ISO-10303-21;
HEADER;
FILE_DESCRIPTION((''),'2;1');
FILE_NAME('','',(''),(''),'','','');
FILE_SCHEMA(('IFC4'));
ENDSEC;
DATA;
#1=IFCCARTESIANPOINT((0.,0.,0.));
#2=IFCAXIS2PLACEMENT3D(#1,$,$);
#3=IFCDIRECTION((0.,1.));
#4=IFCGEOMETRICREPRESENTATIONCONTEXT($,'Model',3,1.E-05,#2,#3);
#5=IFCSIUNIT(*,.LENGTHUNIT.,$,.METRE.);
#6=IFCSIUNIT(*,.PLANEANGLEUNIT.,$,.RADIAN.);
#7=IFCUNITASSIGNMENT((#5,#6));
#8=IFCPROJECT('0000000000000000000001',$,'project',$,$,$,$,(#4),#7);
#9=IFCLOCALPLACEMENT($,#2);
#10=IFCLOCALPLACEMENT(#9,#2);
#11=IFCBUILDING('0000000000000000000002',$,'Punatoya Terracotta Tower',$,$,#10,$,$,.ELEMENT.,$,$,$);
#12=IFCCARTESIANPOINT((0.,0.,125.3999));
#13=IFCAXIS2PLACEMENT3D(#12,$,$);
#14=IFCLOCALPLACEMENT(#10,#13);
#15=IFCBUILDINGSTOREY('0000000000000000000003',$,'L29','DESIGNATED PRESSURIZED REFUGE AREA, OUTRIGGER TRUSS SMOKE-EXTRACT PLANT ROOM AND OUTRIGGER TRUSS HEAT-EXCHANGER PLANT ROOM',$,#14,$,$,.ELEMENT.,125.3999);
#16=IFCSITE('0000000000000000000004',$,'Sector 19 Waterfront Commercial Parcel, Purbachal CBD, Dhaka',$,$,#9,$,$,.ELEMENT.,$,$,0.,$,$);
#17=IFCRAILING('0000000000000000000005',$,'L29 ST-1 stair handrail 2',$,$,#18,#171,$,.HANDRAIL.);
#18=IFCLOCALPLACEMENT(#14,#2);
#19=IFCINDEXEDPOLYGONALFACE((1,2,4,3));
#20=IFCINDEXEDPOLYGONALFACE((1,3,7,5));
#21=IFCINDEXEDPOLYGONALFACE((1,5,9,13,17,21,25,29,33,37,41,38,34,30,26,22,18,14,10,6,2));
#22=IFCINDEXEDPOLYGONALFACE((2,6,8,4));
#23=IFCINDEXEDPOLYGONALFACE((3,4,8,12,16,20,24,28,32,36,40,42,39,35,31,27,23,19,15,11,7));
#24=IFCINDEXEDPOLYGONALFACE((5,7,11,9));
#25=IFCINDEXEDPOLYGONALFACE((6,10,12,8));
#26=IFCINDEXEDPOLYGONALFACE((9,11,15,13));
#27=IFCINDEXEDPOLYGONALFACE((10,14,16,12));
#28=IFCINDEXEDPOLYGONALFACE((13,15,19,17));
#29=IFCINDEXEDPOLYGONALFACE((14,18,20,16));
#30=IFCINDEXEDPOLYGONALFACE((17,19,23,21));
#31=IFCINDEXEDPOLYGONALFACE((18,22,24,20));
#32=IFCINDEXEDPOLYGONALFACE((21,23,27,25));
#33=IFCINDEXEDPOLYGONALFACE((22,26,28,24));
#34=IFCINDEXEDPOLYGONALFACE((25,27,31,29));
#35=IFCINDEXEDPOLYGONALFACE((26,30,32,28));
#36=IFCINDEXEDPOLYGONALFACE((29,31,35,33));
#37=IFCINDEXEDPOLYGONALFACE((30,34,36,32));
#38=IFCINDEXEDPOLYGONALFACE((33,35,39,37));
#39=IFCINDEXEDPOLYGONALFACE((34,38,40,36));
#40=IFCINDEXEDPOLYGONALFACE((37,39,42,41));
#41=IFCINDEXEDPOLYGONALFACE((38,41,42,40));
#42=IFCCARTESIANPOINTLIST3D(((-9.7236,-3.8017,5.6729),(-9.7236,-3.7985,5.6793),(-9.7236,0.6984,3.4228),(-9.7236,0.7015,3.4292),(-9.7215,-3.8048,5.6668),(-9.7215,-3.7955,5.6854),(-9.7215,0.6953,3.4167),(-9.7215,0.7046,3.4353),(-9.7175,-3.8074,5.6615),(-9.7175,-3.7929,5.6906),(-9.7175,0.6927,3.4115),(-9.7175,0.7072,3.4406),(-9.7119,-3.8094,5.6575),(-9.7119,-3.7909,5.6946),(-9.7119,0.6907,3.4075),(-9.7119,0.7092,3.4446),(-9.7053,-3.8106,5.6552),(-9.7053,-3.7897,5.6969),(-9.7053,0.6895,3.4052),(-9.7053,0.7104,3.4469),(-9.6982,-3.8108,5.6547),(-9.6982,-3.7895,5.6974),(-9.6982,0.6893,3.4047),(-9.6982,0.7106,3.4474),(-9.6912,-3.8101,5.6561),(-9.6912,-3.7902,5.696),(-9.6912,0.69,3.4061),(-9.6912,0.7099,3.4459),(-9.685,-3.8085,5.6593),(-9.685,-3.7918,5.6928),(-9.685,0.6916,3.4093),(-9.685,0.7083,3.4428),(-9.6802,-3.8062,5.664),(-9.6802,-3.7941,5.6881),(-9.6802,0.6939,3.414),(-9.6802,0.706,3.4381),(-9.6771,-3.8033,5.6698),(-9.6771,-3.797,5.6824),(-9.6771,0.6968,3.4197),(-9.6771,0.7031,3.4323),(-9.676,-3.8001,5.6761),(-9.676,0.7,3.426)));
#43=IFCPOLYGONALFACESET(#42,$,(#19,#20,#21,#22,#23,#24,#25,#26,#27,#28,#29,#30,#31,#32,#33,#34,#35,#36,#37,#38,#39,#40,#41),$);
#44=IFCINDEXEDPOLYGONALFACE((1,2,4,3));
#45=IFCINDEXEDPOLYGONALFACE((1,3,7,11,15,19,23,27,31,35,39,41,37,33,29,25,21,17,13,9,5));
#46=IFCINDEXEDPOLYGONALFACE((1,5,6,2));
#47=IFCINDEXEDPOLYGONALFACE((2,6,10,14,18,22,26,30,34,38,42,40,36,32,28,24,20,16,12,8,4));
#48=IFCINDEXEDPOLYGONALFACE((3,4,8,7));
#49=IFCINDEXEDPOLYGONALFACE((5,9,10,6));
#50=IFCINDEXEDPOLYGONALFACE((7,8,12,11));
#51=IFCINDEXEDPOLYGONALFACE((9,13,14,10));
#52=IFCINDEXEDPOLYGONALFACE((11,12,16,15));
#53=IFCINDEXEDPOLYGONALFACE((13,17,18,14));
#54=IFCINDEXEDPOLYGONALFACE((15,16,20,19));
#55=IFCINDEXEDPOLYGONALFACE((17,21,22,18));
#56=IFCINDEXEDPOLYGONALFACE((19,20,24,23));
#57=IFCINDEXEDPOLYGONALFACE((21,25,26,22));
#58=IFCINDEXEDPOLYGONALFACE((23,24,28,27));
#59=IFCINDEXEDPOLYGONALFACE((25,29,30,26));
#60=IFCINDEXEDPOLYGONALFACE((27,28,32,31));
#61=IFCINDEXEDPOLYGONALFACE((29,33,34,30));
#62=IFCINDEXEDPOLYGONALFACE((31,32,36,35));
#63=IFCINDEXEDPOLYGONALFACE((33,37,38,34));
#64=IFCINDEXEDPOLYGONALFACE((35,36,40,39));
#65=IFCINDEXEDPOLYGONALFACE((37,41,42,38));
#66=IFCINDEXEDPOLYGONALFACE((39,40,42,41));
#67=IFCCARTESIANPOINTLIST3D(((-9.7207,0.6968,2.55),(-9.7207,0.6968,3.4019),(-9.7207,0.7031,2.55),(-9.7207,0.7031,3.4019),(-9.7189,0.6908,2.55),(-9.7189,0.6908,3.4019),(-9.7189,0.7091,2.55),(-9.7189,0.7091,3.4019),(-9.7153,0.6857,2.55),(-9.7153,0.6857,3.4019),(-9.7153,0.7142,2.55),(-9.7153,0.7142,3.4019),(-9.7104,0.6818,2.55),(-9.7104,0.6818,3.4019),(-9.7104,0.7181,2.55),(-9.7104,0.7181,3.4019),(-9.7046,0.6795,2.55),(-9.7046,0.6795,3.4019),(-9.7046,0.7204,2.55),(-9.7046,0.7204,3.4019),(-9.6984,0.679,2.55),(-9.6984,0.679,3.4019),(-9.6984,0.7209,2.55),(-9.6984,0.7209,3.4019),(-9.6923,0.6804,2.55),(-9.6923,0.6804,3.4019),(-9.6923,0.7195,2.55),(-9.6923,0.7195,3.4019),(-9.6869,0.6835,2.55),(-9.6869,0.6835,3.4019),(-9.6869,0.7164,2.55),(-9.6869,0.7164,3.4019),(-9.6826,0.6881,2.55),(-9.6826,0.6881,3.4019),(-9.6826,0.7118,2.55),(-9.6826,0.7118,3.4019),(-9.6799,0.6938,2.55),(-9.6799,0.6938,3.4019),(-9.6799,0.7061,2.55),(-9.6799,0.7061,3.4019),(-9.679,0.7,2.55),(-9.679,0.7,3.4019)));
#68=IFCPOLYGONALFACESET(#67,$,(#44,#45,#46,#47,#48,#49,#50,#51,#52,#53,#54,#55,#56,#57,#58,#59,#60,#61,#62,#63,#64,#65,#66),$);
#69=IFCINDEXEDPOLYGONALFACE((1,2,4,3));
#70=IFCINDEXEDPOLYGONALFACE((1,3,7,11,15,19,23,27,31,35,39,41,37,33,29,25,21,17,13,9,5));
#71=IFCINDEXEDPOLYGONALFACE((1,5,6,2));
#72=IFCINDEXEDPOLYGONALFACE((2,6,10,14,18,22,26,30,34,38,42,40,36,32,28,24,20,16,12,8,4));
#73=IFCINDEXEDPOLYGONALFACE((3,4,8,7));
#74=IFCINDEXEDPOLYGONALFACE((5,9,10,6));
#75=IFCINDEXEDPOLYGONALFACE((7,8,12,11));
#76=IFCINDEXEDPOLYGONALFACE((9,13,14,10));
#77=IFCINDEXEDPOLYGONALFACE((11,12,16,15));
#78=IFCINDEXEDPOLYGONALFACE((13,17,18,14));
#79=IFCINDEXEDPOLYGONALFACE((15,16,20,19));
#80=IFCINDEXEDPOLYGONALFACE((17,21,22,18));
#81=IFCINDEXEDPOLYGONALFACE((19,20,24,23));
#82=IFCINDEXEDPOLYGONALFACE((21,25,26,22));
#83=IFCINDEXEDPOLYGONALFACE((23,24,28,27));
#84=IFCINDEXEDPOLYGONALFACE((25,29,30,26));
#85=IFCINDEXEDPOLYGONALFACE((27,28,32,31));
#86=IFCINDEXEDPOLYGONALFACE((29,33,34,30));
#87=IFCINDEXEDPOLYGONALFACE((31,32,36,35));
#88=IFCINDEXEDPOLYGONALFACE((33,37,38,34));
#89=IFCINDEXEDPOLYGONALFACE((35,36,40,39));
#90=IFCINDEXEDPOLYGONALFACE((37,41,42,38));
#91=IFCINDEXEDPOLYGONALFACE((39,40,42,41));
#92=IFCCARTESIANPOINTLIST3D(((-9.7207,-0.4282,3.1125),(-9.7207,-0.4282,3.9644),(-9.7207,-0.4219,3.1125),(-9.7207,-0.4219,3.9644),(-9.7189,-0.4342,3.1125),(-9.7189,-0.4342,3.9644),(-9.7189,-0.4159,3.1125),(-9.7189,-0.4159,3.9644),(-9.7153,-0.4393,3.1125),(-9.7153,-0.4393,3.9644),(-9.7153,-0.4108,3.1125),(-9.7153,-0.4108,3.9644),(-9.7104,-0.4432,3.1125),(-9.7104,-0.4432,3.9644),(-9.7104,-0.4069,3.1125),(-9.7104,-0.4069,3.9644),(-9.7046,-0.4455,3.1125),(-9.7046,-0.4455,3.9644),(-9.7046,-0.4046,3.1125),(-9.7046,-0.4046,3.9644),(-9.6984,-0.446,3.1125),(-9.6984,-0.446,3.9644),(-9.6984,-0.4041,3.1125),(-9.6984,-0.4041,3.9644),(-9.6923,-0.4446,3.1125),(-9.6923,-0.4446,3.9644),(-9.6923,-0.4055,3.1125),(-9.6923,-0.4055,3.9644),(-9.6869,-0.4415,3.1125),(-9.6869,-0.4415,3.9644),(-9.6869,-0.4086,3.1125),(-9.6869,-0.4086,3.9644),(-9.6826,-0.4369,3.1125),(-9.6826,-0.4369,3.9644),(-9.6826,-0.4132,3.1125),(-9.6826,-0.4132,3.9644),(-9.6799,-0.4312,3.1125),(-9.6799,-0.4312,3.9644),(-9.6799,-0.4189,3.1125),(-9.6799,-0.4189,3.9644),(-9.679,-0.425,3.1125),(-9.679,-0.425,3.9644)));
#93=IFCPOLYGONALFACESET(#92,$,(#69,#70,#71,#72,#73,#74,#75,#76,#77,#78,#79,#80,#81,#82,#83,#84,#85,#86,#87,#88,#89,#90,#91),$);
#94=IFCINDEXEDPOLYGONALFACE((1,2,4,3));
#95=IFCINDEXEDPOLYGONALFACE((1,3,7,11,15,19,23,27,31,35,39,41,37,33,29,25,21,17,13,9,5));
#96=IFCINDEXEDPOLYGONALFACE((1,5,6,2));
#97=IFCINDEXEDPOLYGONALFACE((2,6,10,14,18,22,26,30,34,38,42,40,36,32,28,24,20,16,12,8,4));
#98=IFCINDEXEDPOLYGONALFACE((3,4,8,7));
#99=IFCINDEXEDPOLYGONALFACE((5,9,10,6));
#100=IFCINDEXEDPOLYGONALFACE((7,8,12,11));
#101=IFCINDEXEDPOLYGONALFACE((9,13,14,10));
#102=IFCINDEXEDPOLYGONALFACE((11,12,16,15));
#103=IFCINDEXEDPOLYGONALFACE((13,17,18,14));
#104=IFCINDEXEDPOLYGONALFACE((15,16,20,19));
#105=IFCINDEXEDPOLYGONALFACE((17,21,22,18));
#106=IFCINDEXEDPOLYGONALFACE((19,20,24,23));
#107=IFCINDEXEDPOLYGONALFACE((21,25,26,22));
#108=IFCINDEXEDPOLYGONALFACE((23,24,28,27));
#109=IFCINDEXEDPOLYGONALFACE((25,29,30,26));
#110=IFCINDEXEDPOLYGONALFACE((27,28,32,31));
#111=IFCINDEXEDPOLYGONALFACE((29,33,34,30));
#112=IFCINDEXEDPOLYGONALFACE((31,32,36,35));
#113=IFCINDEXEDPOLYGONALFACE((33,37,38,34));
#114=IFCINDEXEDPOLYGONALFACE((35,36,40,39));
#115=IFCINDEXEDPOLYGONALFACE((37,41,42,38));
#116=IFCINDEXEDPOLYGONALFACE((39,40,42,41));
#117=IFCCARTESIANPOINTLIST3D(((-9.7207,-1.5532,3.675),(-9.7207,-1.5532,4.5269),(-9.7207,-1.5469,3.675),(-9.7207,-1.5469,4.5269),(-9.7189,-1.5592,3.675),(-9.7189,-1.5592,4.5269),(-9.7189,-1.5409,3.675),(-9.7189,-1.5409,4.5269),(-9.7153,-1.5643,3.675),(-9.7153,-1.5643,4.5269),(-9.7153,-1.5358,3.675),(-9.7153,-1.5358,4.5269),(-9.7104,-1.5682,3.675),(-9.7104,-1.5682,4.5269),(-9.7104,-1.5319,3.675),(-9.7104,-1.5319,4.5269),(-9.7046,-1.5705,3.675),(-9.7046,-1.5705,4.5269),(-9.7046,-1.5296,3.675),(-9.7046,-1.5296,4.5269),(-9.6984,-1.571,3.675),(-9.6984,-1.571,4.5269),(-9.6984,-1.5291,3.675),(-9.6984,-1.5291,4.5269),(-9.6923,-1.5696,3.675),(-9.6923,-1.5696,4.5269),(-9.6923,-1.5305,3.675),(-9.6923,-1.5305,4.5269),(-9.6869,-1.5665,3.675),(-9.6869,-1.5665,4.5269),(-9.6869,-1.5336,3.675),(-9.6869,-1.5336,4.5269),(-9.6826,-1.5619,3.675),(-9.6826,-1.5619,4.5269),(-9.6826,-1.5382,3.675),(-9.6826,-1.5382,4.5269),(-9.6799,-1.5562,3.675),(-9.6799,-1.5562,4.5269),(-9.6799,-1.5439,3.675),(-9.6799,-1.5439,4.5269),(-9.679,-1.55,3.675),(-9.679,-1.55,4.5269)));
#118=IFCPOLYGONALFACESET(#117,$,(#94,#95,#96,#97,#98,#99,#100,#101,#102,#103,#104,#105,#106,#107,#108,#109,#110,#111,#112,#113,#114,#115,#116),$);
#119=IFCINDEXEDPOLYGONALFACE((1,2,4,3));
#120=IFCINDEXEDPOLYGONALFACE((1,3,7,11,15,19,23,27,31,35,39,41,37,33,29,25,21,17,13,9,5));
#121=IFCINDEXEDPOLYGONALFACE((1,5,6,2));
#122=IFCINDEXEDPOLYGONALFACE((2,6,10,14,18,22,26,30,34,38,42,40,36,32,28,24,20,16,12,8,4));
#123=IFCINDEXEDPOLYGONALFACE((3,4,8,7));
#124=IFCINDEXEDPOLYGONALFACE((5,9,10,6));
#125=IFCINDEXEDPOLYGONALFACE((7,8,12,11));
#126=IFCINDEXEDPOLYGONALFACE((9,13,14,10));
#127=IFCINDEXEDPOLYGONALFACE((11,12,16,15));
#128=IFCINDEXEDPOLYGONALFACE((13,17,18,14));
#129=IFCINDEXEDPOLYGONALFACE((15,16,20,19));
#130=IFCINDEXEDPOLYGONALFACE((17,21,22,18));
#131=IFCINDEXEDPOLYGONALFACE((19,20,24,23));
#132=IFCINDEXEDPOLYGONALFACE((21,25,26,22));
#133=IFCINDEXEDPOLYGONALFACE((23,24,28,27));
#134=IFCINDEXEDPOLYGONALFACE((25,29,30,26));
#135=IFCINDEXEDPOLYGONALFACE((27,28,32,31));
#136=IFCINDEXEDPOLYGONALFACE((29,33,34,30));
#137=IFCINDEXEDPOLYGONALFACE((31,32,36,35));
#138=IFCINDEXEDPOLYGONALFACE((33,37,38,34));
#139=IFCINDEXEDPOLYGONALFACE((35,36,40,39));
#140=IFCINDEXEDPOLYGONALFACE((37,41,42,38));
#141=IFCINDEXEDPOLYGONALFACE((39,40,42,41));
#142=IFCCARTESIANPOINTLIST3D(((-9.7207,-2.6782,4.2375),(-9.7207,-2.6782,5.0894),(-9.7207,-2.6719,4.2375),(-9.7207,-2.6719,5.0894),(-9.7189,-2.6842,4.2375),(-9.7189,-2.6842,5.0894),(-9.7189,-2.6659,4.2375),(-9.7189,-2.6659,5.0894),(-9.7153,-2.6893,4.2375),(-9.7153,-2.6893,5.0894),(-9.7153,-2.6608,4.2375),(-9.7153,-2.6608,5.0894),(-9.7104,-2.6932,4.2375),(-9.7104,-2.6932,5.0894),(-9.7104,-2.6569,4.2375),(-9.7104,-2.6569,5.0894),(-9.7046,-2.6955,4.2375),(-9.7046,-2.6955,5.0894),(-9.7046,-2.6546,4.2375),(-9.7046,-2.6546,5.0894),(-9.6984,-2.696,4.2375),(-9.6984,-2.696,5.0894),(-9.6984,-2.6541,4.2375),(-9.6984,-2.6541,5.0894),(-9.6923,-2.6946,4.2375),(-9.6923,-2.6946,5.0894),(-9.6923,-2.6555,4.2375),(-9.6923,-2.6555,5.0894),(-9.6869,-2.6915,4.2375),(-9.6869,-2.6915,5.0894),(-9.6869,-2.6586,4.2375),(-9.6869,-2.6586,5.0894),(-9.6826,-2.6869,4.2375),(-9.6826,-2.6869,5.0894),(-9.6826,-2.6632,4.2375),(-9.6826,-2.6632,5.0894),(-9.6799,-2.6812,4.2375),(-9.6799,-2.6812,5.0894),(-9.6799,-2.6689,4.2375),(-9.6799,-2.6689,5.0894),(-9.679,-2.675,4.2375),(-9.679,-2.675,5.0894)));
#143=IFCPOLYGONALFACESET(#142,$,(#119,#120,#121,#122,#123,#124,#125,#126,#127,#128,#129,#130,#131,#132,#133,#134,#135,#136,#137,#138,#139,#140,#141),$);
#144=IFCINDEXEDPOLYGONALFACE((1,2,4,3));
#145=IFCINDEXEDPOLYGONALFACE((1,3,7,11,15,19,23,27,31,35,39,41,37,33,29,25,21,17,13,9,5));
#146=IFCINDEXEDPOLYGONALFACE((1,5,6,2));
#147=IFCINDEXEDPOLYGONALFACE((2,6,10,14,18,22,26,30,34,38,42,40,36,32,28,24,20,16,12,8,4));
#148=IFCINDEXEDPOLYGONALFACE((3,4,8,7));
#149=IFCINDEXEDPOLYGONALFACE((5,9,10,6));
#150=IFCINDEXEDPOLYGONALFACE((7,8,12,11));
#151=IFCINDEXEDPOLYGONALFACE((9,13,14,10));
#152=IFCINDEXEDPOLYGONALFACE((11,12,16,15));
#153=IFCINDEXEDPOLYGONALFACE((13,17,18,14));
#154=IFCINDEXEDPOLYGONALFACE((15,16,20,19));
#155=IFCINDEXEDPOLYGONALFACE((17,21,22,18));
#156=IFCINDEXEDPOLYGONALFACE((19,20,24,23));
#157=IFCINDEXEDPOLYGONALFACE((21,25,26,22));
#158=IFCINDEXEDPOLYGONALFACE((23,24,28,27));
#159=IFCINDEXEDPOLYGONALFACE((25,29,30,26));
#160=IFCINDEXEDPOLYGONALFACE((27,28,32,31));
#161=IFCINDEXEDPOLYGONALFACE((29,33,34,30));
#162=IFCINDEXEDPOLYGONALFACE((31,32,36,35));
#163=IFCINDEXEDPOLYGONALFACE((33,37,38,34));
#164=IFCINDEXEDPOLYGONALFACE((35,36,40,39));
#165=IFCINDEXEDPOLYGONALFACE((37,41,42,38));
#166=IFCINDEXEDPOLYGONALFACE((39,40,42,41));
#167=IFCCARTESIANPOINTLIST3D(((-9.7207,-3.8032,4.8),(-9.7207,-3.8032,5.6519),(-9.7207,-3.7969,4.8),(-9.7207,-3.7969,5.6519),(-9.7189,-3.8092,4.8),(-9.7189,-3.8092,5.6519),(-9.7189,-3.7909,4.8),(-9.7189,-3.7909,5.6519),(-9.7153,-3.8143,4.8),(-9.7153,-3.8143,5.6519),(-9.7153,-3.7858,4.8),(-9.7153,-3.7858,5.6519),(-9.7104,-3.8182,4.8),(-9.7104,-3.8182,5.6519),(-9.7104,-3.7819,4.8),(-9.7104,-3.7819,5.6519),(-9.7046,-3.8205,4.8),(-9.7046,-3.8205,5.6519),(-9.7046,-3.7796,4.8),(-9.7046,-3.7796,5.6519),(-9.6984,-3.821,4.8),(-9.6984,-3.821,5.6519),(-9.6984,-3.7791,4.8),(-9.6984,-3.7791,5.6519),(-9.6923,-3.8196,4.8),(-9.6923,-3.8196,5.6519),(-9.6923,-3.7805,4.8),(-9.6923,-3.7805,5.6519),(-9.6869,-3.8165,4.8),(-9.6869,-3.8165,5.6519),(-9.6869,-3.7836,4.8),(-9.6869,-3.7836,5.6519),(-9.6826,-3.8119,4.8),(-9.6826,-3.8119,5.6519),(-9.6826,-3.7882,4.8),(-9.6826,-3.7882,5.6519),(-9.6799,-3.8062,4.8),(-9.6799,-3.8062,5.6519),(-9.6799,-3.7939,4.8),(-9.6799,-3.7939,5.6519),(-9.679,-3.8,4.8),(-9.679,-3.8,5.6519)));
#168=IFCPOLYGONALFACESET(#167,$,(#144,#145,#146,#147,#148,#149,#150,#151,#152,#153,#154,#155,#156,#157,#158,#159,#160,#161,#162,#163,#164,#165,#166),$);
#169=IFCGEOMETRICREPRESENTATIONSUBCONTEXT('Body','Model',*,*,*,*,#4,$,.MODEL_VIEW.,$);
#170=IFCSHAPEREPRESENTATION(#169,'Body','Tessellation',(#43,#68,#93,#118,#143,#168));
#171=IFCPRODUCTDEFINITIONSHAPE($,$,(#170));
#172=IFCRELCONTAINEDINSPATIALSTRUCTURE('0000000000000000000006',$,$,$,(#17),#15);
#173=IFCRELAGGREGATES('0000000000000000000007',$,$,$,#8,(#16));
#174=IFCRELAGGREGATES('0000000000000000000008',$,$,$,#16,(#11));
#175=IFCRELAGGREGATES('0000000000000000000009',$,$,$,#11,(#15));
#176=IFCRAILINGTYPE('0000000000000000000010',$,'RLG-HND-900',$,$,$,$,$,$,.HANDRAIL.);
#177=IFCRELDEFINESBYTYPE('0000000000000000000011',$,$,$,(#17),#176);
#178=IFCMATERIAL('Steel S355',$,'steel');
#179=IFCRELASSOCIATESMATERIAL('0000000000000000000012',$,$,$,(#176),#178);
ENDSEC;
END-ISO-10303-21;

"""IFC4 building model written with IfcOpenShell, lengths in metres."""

from ifc_helpers import new_model, si_unit, direction, frame, origin, origin_2d, place, context, subcontext, project, spatial, circle, extrude, material, type_object, element, save


model = new_model("IFC4")

# Units and contexts
model_context = context("Model", 3, precision=1e-05, world=origin(), true_north=direction((0.0, 1.0)))
body_context = subcontext(model_context, "Body", "Model", "MODEL_VIEW")
ifc_project = project(units=[si_unit("LENGTHUNIT", "METRE"), si_unit("PLANEANGLEUNIT", "RADIAN")], contexts=[model_context])

# Site, building, storey
site_placement = place(None, origin())
site = spatial("IfcSite", under=ifc_project, at=site_placement, Name="Sector 19 Waterfront Commercial Parcel, Purbachal CBD, Dhaka", CompositionType="ELEMENT", RefElevation=0.0)
building_placement = place(site_placement, origin())
building = spatial("IfcBuilding", under=site, at=building_placement, Name="Punatoya Terracotta Tower", CompositionType="ELEMENT")
storey_placement = place(building_placement, frame((0.0, 0.0, 125.3999)))
storey = spatial("IfcBuildingStorey", under=building, at=storey_placement, Name="L29", Description="DESIGNATED PRESSURIZED REFUGE AREA, OUTRIGGER TRUSS SMOKE-EXTRACT PLANT ROOM AND OUTRIGGER TRUSS HEAT-EXCHANGER PLANT ROOM", CompositionType="ELEMENT", Elevation=125.3999)

# Shared definitions
ifc_material_1 = material(Name="Steel S355", Category="steel")

# Railing
railing_type_1 = type_object("IfcRailingType", Name="RLG-HND-900", PredefinedType="HANDRAIL", material=ifc_material_1)
railing_1_placement = place(storey_placement, frame((-9.7, 0.7, 2.55)))
element("IfcRailing", 1, at=railing_1_placement, inside=storey, type_object=railing_type_1, Name="L29 ST-1 stair handrail 2", PredefinedType="HANDRAIL", context=body_context, shape_type="SweptSolid", body=[
    extrude(circle(Radius=0.0239, at=origin_2d()), frame((0.0, 0.0, 0.876), z_axis=(0.0, -0.894427, 0.447214), x_axis=(1.0, 0.0, 0.0)), (0.0, 0.0, 1.0), 5.0312),
    extrude(circle(Radius=0.021, at=origin_2d()), origin(), (0.0, 0.0, 1.0), 0.8518),
    extrude(circle(Radius=0.021, at=origin_2d()), frame((0.0, -1.125, 0.5625)), (0.0, 0.0, 1.0), 0.8518),
    extrude(circle(Radius=0.021, at=origin_2d()), frame((0.0, -2.25, 1.125)), (0.0, 0.0, 1.0), 0.8518),
    extrude(circle(Radius=0.021, at=origin_2d()), frame((0.0, -3.375, 1.6875)), (0.0, 0.0, 1.0), 0.8518),
    extrude(circle(Radius=0.021, at=origin_2d()), frame((0.0, -4.5, 2.25)), (0.0, 0.0, 1.0), 0.8518),
])

save(model, "model.ifc")
